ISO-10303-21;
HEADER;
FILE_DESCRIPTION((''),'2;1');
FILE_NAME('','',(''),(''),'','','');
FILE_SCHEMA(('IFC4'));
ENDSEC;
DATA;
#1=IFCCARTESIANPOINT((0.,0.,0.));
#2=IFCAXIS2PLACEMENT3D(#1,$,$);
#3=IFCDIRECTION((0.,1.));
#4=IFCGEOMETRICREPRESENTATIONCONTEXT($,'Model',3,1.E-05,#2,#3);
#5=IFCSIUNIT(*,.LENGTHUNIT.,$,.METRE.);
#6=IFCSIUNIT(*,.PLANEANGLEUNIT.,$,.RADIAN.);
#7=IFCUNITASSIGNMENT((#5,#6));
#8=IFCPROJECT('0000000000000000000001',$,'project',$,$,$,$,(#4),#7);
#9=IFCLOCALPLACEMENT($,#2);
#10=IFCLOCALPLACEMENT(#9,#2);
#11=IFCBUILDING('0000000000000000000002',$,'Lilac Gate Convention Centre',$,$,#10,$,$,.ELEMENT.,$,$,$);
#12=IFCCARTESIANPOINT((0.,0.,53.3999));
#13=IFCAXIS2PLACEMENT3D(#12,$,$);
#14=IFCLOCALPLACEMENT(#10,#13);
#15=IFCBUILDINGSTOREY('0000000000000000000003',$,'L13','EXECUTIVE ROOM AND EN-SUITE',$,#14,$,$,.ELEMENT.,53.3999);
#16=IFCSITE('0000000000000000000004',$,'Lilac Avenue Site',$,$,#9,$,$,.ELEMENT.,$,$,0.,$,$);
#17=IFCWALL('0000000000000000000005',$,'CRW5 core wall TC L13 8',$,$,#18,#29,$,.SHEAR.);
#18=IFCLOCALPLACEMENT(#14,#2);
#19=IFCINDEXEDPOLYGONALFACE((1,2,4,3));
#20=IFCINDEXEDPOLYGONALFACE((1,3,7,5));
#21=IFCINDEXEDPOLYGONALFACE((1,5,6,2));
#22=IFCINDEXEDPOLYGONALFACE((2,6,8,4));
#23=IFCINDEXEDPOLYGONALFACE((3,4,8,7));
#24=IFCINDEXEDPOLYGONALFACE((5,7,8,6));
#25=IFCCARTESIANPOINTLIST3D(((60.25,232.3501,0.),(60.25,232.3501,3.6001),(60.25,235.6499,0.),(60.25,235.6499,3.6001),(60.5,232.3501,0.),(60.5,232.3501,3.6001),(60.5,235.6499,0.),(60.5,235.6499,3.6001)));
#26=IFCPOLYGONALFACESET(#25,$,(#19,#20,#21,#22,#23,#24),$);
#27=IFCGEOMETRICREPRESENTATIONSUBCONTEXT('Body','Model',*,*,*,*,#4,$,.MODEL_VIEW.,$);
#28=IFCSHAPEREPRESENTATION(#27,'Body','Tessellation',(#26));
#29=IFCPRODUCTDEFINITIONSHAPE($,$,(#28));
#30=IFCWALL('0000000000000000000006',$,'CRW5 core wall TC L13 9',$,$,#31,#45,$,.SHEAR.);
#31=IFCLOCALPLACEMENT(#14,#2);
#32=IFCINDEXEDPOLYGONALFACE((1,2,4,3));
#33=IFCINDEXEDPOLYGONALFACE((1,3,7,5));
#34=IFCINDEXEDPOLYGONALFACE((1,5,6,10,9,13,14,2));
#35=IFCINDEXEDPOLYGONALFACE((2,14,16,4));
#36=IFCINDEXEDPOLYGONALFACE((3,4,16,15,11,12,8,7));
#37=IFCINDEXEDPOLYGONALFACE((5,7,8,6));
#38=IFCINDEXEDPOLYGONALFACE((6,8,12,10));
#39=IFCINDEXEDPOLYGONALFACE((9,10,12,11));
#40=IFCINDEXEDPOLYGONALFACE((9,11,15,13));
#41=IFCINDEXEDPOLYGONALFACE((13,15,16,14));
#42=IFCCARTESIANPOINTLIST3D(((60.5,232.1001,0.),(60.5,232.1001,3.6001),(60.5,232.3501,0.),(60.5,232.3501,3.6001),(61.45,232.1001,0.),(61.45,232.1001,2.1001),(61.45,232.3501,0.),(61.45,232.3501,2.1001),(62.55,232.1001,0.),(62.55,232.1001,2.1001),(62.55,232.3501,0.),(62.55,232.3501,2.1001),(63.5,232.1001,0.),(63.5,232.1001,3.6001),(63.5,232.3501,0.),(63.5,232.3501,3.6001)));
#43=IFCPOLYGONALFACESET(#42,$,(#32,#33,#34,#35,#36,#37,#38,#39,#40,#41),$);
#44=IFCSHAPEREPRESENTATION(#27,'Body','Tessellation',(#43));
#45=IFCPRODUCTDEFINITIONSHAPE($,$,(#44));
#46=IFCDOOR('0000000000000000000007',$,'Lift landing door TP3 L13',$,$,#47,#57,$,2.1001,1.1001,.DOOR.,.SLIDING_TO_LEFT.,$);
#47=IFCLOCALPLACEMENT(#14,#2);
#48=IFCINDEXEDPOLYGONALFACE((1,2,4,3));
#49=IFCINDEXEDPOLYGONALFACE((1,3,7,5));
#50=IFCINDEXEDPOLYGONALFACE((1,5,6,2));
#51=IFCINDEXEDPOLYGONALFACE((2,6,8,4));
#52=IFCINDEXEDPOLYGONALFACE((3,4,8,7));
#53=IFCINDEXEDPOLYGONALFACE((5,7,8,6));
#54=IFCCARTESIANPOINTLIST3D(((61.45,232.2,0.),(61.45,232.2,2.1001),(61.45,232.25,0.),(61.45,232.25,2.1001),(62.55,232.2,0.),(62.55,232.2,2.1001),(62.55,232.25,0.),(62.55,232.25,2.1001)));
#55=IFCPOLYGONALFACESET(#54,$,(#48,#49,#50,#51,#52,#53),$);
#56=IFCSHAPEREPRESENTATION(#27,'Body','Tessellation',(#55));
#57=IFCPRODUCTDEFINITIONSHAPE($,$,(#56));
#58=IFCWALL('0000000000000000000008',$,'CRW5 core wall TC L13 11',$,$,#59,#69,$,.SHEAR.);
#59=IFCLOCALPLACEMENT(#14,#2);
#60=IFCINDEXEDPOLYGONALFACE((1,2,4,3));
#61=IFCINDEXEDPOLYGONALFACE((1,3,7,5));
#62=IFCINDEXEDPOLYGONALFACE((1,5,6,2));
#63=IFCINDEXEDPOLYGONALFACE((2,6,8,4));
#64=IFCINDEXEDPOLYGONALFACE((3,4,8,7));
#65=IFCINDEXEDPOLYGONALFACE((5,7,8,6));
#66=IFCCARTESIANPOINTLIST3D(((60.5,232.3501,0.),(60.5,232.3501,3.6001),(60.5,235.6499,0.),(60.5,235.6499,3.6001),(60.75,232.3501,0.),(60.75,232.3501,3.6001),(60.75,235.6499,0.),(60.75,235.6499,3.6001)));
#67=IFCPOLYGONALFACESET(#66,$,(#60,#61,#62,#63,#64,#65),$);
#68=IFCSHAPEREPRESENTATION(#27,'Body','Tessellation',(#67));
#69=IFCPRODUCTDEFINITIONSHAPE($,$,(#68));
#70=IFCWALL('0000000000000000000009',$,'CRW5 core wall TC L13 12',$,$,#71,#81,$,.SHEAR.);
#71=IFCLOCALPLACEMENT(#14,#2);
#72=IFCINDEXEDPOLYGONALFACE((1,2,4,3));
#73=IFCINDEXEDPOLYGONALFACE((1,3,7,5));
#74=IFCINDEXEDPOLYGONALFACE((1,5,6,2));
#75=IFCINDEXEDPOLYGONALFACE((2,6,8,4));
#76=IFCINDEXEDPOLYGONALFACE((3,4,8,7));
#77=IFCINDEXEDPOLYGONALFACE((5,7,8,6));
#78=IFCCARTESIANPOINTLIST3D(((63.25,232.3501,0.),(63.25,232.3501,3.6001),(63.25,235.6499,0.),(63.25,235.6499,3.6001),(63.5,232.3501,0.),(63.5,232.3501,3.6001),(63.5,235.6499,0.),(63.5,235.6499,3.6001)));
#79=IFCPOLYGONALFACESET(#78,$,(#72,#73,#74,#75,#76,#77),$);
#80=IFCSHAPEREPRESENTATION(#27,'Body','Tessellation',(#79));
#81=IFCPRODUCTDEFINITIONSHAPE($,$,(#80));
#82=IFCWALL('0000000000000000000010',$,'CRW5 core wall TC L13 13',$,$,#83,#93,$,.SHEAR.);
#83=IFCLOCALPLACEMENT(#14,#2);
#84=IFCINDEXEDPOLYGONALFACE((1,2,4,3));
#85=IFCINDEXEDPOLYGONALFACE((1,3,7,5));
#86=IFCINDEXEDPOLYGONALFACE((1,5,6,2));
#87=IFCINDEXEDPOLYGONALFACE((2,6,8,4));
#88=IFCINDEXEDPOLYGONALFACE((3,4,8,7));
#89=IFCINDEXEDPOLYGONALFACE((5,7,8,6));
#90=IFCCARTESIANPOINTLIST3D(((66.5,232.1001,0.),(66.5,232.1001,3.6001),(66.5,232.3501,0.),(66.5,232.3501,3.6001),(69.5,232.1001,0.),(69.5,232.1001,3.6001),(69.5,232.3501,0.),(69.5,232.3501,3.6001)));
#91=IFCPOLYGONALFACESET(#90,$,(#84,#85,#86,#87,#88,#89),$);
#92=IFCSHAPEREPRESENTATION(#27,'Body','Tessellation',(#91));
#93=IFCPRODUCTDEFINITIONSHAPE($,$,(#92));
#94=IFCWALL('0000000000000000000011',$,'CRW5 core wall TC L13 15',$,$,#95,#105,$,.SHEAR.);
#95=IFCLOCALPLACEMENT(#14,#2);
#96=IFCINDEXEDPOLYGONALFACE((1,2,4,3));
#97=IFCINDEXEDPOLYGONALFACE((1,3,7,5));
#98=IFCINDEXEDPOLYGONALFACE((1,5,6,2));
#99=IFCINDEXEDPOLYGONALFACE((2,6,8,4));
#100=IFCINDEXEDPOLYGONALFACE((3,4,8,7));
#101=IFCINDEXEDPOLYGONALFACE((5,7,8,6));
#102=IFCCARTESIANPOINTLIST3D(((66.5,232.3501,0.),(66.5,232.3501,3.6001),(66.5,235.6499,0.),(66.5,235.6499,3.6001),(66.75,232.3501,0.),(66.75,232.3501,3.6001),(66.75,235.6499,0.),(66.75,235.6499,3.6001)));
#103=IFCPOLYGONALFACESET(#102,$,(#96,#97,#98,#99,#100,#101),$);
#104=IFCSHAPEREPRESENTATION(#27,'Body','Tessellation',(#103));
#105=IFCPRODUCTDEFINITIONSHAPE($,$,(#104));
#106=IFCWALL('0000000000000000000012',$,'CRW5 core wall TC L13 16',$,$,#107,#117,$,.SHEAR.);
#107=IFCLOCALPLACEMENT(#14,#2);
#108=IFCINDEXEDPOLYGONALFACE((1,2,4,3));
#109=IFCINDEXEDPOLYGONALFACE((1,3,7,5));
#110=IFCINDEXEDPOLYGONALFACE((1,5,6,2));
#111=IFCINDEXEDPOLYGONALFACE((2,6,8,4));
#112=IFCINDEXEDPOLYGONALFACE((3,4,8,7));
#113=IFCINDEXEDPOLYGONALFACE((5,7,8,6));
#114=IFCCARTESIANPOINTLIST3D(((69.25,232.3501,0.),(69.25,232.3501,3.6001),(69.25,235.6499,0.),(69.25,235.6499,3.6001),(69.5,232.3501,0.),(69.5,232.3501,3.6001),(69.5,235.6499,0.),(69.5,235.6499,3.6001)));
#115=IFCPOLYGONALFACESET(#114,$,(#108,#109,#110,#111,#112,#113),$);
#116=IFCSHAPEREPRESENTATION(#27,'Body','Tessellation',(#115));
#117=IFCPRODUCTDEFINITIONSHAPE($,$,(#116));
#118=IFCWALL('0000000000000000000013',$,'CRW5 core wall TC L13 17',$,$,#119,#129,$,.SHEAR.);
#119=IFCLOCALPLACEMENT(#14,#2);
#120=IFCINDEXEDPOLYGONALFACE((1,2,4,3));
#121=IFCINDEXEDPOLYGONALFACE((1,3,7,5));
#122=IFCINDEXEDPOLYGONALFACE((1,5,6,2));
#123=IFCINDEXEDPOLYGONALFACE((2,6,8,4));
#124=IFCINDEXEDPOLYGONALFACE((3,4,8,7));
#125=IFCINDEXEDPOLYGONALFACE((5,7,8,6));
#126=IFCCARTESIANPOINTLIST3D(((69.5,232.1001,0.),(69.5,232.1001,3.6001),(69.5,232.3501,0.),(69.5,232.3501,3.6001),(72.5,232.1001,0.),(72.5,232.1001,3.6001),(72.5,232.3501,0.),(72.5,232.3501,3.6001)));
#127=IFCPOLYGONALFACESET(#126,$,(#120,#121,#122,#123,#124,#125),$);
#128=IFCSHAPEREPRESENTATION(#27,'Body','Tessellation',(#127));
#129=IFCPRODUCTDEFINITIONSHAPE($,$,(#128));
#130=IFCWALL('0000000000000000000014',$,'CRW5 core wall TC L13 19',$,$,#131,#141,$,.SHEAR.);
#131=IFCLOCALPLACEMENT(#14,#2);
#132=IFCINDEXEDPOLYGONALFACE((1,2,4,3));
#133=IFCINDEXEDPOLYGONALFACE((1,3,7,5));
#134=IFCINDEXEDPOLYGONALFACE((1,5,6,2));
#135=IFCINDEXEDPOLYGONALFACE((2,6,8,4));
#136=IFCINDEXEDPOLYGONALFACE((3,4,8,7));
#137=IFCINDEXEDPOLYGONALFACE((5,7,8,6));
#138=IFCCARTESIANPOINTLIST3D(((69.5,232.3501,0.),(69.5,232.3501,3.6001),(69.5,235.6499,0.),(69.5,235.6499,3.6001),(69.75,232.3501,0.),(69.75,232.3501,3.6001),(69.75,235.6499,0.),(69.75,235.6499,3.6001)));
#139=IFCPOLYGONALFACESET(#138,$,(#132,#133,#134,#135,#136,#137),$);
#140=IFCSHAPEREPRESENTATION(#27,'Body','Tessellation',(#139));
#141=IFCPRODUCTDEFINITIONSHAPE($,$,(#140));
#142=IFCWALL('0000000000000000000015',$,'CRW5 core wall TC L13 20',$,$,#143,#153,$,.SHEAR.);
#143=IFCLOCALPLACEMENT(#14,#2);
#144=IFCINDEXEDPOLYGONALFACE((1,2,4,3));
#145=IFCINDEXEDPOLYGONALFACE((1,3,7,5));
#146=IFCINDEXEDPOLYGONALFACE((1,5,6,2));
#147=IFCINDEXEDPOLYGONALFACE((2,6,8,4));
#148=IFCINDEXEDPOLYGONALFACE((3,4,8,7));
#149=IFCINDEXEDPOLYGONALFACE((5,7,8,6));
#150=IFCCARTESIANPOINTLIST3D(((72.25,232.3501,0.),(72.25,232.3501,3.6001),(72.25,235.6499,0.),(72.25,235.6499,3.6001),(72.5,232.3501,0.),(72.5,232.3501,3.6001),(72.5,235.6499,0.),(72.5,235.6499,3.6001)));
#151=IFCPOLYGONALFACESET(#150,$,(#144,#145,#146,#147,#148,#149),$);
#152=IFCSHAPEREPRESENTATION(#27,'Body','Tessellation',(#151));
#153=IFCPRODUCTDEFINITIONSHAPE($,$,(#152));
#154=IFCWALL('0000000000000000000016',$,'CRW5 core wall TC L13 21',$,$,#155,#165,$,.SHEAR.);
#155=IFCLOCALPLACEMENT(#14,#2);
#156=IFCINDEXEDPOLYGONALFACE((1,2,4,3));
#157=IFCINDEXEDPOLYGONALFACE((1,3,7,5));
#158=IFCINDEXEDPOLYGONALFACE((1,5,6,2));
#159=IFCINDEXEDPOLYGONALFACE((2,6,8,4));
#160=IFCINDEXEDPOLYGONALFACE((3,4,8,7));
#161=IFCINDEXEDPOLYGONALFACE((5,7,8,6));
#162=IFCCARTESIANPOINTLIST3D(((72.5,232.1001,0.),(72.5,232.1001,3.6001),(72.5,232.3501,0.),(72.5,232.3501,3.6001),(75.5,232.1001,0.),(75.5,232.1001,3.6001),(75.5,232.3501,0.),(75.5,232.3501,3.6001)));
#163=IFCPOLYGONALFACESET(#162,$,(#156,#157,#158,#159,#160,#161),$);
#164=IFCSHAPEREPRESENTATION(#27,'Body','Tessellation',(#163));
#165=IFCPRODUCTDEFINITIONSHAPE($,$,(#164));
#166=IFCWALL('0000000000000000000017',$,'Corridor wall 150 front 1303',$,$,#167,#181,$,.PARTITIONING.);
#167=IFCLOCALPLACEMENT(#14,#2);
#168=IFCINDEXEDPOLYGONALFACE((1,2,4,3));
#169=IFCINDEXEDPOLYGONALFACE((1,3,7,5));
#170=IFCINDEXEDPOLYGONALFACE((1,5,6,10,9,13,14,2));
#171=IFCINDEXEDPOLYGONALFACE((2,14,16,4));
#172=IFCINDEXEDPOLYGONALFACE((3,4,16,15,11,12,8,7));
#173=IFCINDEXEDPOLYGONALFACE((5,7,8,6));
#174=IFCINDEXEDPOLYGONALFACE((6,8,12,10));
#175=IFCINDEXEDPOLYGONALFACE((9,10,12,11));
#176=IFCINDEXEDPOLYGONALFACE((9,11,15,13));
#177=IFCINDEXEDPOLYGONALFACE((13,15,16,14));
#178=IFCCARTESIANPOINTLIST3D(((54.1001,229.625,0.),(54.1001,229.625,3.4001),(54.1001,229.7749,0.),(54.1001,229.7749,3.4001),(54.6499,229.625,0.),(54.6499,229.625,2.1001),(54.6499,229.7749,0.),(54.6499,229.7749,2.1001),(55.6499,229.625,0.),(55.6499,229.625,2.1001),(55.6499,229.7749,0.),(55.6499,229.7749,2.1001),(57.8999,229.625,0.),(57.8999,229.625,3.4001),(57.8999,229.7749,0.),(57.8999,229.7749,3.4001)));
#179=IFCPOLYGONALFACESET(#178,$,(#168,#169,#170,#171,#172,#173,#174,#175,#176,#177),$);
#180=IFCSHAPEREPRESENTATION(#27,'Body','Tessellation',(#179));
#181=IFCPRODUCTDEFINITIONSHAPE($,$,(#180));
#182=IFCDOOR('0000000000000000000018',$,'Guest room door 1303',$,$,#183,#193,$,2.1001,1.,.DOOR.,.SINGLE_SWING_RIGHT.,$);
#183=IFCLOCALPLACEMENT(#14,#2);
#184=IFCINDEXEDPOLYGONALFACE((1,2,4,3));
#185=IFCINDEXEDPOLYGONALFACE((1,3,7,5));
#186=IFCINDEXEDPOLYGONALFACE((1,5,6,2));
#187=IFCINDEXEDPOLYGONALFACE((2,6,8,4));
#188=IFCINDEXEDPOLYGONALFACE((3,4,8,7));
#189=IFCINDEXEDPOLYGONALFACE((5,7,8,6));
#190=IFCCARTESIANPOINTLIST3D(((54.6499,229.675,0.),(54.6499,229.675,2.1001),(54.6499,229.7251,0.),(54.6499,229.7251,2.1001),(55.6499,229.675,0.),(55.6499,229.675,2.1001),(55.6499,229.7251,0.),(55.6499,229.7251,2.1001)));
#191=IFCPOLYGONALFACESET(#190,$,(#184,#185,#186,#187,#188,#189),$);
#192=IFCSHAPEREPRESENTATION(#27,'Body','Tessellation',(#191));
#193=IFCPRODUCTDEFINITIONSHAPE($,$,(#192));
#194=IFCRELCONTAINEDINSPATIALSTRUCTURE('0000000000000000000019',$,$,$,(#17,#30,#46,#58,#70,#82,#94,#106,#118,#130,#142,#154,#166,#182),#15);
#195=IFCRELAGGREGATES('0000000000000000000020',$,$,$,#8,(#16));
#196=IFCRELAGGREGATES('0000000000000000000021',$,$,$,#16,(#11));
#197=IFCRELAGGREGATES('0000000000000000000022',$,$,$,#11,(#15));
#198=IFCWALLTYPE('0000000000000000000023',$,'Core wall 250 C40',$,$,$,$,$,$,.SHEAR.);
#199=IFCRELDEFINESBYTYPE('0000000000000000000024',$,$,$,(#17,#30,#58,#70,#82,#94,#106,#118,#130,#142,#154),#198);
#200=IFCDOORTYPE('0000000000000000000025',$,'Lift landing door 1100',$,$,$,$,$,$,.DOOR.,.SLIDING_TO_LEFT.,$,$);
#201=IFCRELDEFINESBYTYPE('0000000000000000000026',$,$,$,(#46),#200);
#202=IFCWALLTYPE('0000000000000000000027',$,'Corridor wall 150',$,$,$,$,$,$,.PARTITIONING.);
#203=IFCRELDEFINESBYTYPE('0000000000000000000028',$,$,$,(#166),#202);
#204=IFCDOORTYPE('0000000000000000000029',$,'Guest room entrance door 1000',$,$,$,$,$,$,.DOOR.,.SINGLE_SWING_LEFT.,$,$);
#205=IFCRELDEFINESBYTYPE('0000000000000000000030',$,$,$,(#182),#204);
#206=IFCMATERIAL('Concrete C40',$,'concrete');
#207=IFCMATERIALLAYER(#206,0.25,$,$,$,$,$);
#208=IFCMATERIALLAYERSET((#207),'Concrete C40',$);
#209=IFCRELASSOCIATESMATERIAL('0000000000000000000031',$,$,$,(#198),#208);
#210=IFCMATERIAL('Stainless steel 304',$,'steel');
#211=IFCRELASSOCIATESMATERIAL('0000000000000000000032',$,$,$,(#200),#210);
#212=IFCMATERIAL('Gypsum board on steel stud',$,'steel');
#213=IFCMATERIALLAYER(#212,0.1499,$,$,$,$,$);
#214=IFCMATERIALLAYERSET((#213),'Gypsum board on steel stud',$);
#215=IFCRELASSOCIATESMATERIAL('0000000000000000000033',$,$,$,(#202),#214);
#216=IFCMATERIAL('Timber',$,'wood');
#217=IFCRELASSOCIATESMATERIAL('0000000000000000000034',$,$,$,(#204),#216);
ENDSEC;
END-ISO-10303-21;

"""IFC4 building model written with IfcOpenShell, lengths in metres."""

from ifc_helpers import new_model, si_unit, direction, frame, frame_2d, origin, place, context, subcontext, project, spatial, rectangle, extrude, material, layer, layer_set, type_object, element, fill, save


model = new_model("IFC4")

# Units and contexts
model_context = context("Model", 3, precision=1e-05, world=origin(), true_north=direction((0.0, 1.0)))
body_context = subcontext(model_context, "Body", "Model", "MODEL_VIEW")
ifc_project = project(units=[si_unit("LENGTHUNIT", "METRE"), si_unit("PLANEANGLEUNIT", "RADIAN")], contexts=[model_context])

# Site, building, storey
site_placement = place(None, origin())
site = spatial("IfcSite", under=ifc_project, at=site_placement, Name="Lilac Avenue Site", CompositionType="ELEMENT", RefElevation=0.0)
building_placement = place(site_placement, origin())
building = spatial("IfcBuilding", under=site, at=building_placement, Name="Lilac Gate Convention Centre", CompositionType="ELEMENT")
storey_placement = place(building_placement, frame((0.0, 0.0, 53.3999)))
storey = spatial("IfcBuildingStorey", under=building, at=storey_placement, Name="L13", Description="EXECUTIVE ROOM AND EN-SUITE", CompositionType="ELEMENT", Elevation=53.3999)

# Wall
ifc_material_1 = material(Name="Concrete C40", Category="concrete")
ifc_layer_1 = layer(ifc_material_1, 0.25)
ifc_layer_set_1 = layer_set([ifc_layer_1], Name="Concrete C40")
wall_type_1 = type_object("IfcWallType", Name="Core wall 250 C40", PredefinedType="SHEAR", material=ifc_layer_set_1)
wall_1_placement = place(storey_placement, frame((60.375, 232.3501, 0.0), z_axis=(0.0, 0.0, 1.0), x_axis=(0.0, 1.0, 0.0)))
element("IfcWall", 1, at=wall_1_placement, inside=storey, type_object=wall_type_1, Name="CRW5 core wall TC L13 8", PredefinedType="SHEAR", context=body_context, shape_type="SweptSolid", body=[
    extrude(rectangle(XDim=3.2998, YDim=0.25, at=frame_2d((1.6499, 0.0))), origin(), (0.0, 0.0, 1.0), 3.6001),
])

# Wall, opening, door
wall_2_placement = place(storey_placement, frame((60.5, 232.2251, 0.0), z_axis=(0.0, 0.0, 1.0), x_axis=(1.0, 0.0, 0.0)))
wall_2 = element("IfcWall", 2, at=wall_2_placement, inside=storey, type_object=wall_type_1, Name="CRW5 core wall TC L13 9", PredefinedType="SHEAR", context=body_context, shape_type="SweptSolid", body=[
    extrude(rectangle(XDim=3.0, YDim=0.25, at=frame_2d((1.5, 0.0))), origin(), (0.0, 0.0, 1.0), 3.6001),
])
opening_1_placement = place(wall_2_placement, frame((0.95, 0.0, 0.0)))
opening_1 = element("IfcOpeningElement", 3, at=opening_1_placement, cuts=wall_2, PredefinedType="OPENING", context=body_context, shape_type="SweptSolid", body=[
    extrude(rectangle(XDim=1.1001, YDim=2.1001, at=frame_2d((0.55, 1.05))), frame((0.0, 0.135, 0.0), z_axis=(0.0, -1.0, 0.0), x_axis=(1.0, 0.0, 0.0)), (0.0, 0.0, 1.0), 0.27),
])
ifc_material_2 = material(Name="Stainless steel 304", Category="steel")
door_type_1 = type_object("IfcDoorType", Name="Lift landing door 1100", OperationType="SLIDING_TO_LEFT", PredefinedType="DOOR", material=ifc_material_2)
door_1_placement = place(opening_1_placement, origin())
door_1 = element("IfcDoor", 4, at=door_1_placement, inside=storey, type_object=door_type_1, Name="Lift landing door TP3 L13", OperationType="SLIDING_TO_LEFT", OverallHeight=2.1001, OverallWidth=1.1001, PredefinedType="DOOR", context=body_context, shape_type="SweptSolid", body=[
    extrude(rectangle(XDim=1.1001, YDim=2.1001, at=frame_2d((0.55, 1.05))), frame((0.0, 0.0249, 0.0), z_axis=(0.0, -1.0, 0.0), x_axis=(1.0, 0.0, 0.0)), (0.0, 0.0, 1.0), 0.05),
])
fill(opening_1, door_1)

# Walls
for number, where, z_axis, x_axis, name in (
    (5, (60.625, 232.3501, 0.0), (0.0, 0.0, 1.0), (0.0, 1.0, 0.0), "CRW5 core wall TC L13 11"),
    (6, (63.375, 232.3501, 0.0), (0.0, 0.0, 1.0), (0.0, 1.0, 0.0), "CRW5 core wall TC L13 12"),
):
    element("IfcWall", number, at=place(storey_placement, frame(where, z_axis=z_axis, x_axis=x_axis)), inside=storey, type_object=wall_type_1, Name=name, PredefinedType="SHEAR", context=body_context, shape_type="SweptSolid", body=[
        extrude(rectangle(XDim=3.2998, YDim=0.25, at=frame_2d((1.6499, 0.0))), origin(), (0.0, 0.0, 1.0), 3.6001),
    ])
wall_3_placement = place(storey_placement, frame((66.5, 232.2251, 0.0), z_axis=(0.0, 0.0, 1.0), x_axis=(1.0, 0.0, 0.0)))
element("IfcWall", 7, at=wall_3_placement, inside=storey, type_object=wall_type_1, Name="CRW5 core wall TC L13 13", PredefinedType="SHEAR", context=body_context, shape_type="SweptSolid", body=[
    extrude(rectangle(XDim=3.0, YDim=0.25, at=frame_2d((1.5, 0.0))), origin(), (0.0, 0.0, 1.0), 3.6001),
])
for number, where, z_axis, x_axis, name in (
    (8, (66.625, 232.3501, 0.0), (0.0, 0.0, 1.0), (0.0, 1.0, 0.0), "CRW5 core wall TC L13 15"),
    (9, (69.375, 232.3501, 0.0), (0.0, 0.0, 1.0), (0.0, 1.0, 0.0), "CRW5 core wall TC L13 16"),
):
    element("IfcWall", number, at=place(storey_placement, frame(where, z_axis=z_axis, x_axis=x_axis)), inside=storey, type_object=wall_type_1, Name=name, PredefinedType="SHEAR", context=body_context, shape_type="SweptSolid", body=[
        extrude(rectangle(XDim=3.2998, YDim=0.25, at=frame_2d((1.6499, 0.0))), origin(), (0.0, 0.0, 1.0), 3.6001),
    ])
wall_4_placement = place(storey_placement, frame((69.5, 232.2251, 0.0), z_axis=(0.0, 0.0, 1.0), x_axis=(1.0, 0.0, 0.0)))
element("IfcWall", 10, at=wall_4_placement, inside=storey, type_object=wall_type_1, Name="CRW5 core wall TC L13 17", PredefinedType="SHEAR", context=body_context, shape_type="SweptSolid", body=[
    extrude(rectangle(XDim=3.0, YDim=0.25, at=frame_2d((1.5, 0.0))), origin(), (0.0, 0.0, 1.0), 3.6001),
])
for number, where, z_axis, x_axis, name in (
    (11, (69.625, 232.3501, 0.0), (0.0, 0.0, 1.0), (0.0, 1.0, 0.0), "CRW5 core wall TC L13 19"),
    (12, (72.375, 232.3501, 0.0), (0.0, 0.0, 1.0), (0.0, 1.0, 0.0), "CRW5 core wall TC L13 20"),
):
    element("IfcWall", number, at=place(storey_placement, frame(where, z_axis=z_axis, x_axis=x_axis)), inside=storey, type_object=wall_type_1, Name=name, PredefinedType="SHEAR", context=body_context, shape_type="SweptSolid", body=[
        extrude(rectangle(XDim=3.2998, YDim=0.25, at=frame_2d((1.6499, 0.0))), origin(), (0.0, 0.0, 1.0), 3.6001),
    ])
wall_5_placement = place(storey_placement, frame((72.5, 232.2251, 0.0), z_axis=(0.0, 0.0, 1.0), x_axis=(1.0, 0.0, 0.0)))
element("IfcWall", 13, at=wall_5_placement, inside=storey, type_object=wall_type_1, Name="CRW5 core wall TC L13 21", PredefinedType="SHEAR", context=body_context, shape_type="SweptSolid", body=[
    extrude(rectangle(XDim=3.0, YDim=0.25, at=frame_2d((1.5, 0.0))), origin(), (0.0, 0.0, 1.0), 3.6001),
])

# Wall, opening, door
ifc_material_3 = material(Name="Gypsum board on steel stud", Category="steel")
ifc_layer_2 = layer(ifc_material_3, 0.1499)
ifc_layer_set_2 = layer_set([ifc_layer_2], Name="Gypsum board on steel stud")
wall_type_2 = type_object("IfcWallType", Name="Corridor wall 150", PredefinedType="PARTITIONING", material=ifc_layer_set_2)
wall_6_placement = place(storey_placement, frame((57.8999, 229.7, 0.0), z_axis=(0.0, 0.0, 1.0), x_axis=(-1.0, 0.0, 0.0)))
wall_6 = element("IfcWall", 14, at=wall_6_placement, inside=storey, type_object=wall_type_2, Name="Corridor wall 150 front 1303", PredefinedType="PARTITIONING", context=body_context, shape_type="SweptSolid", body=[
    extrude(rectangle(XDim=3.7998, YDim=0.1499, at=frame_2d((1.8999, 0.0))), origin(), (0.0, 0.0, 1.0), 3.4001),
])
opening_2_placement = place(wall_6_placement, frame((2.25, 0.0, 0.0)))
opening_2 = element("IfcOpeningElement", 15, at=opening_2_placement, cuts=wall_6, PredefinedType="OPENING", context=body_context, shape_type="SweptSolid", body=[
    extrude(rectangle(XDim=1.0, YDim=2.1001, at=frame_2d((0.5, 1.05))), frame((0.0, 0.085, 0.0), z_axis=(0.0, -1.0, 0.0), x_axis=(1.0, 0.0, 0.0)), (0.0, 0.0, 1.0), 0.1699),
])
ifc_material_4 = material(Name="Timber", Category="wood")
door_type_2 = type_object("IfcDoorType", Name="Guest room entrance door 1000", OperationType="SINGLE_SWING_LEFT", PredefinedType="DOOR", material=ifc_material_4)
door_2_placement = place(opening_2_placement, origin())
door_2 = element("IfcDoor", 16, at=door_2_placement, inside=storey, type_object=door_type_2, Name="Guest room door 1303", OperationType="SINGLE_SWING_RIGHT", OverallHeight=2.1001, OverallWidth=1.0, PredefinedType="DOOR", context=body_context, shape_type="SweptSolid", body=[
    extrude(rectangle(XDim=1.0, YDim=2.1001, at=frame_2d((0.5, 1.05))), frame((0.0, 0.0249, 0.0), z_axis=(0.0, -1.0, 0.0), x_axis=(1.0, 0.0, 0.0)), (0.0, 0.0, 1.0), 0.05),
])
fill(opening_2, door_2)

save(model, "model.ifc")
